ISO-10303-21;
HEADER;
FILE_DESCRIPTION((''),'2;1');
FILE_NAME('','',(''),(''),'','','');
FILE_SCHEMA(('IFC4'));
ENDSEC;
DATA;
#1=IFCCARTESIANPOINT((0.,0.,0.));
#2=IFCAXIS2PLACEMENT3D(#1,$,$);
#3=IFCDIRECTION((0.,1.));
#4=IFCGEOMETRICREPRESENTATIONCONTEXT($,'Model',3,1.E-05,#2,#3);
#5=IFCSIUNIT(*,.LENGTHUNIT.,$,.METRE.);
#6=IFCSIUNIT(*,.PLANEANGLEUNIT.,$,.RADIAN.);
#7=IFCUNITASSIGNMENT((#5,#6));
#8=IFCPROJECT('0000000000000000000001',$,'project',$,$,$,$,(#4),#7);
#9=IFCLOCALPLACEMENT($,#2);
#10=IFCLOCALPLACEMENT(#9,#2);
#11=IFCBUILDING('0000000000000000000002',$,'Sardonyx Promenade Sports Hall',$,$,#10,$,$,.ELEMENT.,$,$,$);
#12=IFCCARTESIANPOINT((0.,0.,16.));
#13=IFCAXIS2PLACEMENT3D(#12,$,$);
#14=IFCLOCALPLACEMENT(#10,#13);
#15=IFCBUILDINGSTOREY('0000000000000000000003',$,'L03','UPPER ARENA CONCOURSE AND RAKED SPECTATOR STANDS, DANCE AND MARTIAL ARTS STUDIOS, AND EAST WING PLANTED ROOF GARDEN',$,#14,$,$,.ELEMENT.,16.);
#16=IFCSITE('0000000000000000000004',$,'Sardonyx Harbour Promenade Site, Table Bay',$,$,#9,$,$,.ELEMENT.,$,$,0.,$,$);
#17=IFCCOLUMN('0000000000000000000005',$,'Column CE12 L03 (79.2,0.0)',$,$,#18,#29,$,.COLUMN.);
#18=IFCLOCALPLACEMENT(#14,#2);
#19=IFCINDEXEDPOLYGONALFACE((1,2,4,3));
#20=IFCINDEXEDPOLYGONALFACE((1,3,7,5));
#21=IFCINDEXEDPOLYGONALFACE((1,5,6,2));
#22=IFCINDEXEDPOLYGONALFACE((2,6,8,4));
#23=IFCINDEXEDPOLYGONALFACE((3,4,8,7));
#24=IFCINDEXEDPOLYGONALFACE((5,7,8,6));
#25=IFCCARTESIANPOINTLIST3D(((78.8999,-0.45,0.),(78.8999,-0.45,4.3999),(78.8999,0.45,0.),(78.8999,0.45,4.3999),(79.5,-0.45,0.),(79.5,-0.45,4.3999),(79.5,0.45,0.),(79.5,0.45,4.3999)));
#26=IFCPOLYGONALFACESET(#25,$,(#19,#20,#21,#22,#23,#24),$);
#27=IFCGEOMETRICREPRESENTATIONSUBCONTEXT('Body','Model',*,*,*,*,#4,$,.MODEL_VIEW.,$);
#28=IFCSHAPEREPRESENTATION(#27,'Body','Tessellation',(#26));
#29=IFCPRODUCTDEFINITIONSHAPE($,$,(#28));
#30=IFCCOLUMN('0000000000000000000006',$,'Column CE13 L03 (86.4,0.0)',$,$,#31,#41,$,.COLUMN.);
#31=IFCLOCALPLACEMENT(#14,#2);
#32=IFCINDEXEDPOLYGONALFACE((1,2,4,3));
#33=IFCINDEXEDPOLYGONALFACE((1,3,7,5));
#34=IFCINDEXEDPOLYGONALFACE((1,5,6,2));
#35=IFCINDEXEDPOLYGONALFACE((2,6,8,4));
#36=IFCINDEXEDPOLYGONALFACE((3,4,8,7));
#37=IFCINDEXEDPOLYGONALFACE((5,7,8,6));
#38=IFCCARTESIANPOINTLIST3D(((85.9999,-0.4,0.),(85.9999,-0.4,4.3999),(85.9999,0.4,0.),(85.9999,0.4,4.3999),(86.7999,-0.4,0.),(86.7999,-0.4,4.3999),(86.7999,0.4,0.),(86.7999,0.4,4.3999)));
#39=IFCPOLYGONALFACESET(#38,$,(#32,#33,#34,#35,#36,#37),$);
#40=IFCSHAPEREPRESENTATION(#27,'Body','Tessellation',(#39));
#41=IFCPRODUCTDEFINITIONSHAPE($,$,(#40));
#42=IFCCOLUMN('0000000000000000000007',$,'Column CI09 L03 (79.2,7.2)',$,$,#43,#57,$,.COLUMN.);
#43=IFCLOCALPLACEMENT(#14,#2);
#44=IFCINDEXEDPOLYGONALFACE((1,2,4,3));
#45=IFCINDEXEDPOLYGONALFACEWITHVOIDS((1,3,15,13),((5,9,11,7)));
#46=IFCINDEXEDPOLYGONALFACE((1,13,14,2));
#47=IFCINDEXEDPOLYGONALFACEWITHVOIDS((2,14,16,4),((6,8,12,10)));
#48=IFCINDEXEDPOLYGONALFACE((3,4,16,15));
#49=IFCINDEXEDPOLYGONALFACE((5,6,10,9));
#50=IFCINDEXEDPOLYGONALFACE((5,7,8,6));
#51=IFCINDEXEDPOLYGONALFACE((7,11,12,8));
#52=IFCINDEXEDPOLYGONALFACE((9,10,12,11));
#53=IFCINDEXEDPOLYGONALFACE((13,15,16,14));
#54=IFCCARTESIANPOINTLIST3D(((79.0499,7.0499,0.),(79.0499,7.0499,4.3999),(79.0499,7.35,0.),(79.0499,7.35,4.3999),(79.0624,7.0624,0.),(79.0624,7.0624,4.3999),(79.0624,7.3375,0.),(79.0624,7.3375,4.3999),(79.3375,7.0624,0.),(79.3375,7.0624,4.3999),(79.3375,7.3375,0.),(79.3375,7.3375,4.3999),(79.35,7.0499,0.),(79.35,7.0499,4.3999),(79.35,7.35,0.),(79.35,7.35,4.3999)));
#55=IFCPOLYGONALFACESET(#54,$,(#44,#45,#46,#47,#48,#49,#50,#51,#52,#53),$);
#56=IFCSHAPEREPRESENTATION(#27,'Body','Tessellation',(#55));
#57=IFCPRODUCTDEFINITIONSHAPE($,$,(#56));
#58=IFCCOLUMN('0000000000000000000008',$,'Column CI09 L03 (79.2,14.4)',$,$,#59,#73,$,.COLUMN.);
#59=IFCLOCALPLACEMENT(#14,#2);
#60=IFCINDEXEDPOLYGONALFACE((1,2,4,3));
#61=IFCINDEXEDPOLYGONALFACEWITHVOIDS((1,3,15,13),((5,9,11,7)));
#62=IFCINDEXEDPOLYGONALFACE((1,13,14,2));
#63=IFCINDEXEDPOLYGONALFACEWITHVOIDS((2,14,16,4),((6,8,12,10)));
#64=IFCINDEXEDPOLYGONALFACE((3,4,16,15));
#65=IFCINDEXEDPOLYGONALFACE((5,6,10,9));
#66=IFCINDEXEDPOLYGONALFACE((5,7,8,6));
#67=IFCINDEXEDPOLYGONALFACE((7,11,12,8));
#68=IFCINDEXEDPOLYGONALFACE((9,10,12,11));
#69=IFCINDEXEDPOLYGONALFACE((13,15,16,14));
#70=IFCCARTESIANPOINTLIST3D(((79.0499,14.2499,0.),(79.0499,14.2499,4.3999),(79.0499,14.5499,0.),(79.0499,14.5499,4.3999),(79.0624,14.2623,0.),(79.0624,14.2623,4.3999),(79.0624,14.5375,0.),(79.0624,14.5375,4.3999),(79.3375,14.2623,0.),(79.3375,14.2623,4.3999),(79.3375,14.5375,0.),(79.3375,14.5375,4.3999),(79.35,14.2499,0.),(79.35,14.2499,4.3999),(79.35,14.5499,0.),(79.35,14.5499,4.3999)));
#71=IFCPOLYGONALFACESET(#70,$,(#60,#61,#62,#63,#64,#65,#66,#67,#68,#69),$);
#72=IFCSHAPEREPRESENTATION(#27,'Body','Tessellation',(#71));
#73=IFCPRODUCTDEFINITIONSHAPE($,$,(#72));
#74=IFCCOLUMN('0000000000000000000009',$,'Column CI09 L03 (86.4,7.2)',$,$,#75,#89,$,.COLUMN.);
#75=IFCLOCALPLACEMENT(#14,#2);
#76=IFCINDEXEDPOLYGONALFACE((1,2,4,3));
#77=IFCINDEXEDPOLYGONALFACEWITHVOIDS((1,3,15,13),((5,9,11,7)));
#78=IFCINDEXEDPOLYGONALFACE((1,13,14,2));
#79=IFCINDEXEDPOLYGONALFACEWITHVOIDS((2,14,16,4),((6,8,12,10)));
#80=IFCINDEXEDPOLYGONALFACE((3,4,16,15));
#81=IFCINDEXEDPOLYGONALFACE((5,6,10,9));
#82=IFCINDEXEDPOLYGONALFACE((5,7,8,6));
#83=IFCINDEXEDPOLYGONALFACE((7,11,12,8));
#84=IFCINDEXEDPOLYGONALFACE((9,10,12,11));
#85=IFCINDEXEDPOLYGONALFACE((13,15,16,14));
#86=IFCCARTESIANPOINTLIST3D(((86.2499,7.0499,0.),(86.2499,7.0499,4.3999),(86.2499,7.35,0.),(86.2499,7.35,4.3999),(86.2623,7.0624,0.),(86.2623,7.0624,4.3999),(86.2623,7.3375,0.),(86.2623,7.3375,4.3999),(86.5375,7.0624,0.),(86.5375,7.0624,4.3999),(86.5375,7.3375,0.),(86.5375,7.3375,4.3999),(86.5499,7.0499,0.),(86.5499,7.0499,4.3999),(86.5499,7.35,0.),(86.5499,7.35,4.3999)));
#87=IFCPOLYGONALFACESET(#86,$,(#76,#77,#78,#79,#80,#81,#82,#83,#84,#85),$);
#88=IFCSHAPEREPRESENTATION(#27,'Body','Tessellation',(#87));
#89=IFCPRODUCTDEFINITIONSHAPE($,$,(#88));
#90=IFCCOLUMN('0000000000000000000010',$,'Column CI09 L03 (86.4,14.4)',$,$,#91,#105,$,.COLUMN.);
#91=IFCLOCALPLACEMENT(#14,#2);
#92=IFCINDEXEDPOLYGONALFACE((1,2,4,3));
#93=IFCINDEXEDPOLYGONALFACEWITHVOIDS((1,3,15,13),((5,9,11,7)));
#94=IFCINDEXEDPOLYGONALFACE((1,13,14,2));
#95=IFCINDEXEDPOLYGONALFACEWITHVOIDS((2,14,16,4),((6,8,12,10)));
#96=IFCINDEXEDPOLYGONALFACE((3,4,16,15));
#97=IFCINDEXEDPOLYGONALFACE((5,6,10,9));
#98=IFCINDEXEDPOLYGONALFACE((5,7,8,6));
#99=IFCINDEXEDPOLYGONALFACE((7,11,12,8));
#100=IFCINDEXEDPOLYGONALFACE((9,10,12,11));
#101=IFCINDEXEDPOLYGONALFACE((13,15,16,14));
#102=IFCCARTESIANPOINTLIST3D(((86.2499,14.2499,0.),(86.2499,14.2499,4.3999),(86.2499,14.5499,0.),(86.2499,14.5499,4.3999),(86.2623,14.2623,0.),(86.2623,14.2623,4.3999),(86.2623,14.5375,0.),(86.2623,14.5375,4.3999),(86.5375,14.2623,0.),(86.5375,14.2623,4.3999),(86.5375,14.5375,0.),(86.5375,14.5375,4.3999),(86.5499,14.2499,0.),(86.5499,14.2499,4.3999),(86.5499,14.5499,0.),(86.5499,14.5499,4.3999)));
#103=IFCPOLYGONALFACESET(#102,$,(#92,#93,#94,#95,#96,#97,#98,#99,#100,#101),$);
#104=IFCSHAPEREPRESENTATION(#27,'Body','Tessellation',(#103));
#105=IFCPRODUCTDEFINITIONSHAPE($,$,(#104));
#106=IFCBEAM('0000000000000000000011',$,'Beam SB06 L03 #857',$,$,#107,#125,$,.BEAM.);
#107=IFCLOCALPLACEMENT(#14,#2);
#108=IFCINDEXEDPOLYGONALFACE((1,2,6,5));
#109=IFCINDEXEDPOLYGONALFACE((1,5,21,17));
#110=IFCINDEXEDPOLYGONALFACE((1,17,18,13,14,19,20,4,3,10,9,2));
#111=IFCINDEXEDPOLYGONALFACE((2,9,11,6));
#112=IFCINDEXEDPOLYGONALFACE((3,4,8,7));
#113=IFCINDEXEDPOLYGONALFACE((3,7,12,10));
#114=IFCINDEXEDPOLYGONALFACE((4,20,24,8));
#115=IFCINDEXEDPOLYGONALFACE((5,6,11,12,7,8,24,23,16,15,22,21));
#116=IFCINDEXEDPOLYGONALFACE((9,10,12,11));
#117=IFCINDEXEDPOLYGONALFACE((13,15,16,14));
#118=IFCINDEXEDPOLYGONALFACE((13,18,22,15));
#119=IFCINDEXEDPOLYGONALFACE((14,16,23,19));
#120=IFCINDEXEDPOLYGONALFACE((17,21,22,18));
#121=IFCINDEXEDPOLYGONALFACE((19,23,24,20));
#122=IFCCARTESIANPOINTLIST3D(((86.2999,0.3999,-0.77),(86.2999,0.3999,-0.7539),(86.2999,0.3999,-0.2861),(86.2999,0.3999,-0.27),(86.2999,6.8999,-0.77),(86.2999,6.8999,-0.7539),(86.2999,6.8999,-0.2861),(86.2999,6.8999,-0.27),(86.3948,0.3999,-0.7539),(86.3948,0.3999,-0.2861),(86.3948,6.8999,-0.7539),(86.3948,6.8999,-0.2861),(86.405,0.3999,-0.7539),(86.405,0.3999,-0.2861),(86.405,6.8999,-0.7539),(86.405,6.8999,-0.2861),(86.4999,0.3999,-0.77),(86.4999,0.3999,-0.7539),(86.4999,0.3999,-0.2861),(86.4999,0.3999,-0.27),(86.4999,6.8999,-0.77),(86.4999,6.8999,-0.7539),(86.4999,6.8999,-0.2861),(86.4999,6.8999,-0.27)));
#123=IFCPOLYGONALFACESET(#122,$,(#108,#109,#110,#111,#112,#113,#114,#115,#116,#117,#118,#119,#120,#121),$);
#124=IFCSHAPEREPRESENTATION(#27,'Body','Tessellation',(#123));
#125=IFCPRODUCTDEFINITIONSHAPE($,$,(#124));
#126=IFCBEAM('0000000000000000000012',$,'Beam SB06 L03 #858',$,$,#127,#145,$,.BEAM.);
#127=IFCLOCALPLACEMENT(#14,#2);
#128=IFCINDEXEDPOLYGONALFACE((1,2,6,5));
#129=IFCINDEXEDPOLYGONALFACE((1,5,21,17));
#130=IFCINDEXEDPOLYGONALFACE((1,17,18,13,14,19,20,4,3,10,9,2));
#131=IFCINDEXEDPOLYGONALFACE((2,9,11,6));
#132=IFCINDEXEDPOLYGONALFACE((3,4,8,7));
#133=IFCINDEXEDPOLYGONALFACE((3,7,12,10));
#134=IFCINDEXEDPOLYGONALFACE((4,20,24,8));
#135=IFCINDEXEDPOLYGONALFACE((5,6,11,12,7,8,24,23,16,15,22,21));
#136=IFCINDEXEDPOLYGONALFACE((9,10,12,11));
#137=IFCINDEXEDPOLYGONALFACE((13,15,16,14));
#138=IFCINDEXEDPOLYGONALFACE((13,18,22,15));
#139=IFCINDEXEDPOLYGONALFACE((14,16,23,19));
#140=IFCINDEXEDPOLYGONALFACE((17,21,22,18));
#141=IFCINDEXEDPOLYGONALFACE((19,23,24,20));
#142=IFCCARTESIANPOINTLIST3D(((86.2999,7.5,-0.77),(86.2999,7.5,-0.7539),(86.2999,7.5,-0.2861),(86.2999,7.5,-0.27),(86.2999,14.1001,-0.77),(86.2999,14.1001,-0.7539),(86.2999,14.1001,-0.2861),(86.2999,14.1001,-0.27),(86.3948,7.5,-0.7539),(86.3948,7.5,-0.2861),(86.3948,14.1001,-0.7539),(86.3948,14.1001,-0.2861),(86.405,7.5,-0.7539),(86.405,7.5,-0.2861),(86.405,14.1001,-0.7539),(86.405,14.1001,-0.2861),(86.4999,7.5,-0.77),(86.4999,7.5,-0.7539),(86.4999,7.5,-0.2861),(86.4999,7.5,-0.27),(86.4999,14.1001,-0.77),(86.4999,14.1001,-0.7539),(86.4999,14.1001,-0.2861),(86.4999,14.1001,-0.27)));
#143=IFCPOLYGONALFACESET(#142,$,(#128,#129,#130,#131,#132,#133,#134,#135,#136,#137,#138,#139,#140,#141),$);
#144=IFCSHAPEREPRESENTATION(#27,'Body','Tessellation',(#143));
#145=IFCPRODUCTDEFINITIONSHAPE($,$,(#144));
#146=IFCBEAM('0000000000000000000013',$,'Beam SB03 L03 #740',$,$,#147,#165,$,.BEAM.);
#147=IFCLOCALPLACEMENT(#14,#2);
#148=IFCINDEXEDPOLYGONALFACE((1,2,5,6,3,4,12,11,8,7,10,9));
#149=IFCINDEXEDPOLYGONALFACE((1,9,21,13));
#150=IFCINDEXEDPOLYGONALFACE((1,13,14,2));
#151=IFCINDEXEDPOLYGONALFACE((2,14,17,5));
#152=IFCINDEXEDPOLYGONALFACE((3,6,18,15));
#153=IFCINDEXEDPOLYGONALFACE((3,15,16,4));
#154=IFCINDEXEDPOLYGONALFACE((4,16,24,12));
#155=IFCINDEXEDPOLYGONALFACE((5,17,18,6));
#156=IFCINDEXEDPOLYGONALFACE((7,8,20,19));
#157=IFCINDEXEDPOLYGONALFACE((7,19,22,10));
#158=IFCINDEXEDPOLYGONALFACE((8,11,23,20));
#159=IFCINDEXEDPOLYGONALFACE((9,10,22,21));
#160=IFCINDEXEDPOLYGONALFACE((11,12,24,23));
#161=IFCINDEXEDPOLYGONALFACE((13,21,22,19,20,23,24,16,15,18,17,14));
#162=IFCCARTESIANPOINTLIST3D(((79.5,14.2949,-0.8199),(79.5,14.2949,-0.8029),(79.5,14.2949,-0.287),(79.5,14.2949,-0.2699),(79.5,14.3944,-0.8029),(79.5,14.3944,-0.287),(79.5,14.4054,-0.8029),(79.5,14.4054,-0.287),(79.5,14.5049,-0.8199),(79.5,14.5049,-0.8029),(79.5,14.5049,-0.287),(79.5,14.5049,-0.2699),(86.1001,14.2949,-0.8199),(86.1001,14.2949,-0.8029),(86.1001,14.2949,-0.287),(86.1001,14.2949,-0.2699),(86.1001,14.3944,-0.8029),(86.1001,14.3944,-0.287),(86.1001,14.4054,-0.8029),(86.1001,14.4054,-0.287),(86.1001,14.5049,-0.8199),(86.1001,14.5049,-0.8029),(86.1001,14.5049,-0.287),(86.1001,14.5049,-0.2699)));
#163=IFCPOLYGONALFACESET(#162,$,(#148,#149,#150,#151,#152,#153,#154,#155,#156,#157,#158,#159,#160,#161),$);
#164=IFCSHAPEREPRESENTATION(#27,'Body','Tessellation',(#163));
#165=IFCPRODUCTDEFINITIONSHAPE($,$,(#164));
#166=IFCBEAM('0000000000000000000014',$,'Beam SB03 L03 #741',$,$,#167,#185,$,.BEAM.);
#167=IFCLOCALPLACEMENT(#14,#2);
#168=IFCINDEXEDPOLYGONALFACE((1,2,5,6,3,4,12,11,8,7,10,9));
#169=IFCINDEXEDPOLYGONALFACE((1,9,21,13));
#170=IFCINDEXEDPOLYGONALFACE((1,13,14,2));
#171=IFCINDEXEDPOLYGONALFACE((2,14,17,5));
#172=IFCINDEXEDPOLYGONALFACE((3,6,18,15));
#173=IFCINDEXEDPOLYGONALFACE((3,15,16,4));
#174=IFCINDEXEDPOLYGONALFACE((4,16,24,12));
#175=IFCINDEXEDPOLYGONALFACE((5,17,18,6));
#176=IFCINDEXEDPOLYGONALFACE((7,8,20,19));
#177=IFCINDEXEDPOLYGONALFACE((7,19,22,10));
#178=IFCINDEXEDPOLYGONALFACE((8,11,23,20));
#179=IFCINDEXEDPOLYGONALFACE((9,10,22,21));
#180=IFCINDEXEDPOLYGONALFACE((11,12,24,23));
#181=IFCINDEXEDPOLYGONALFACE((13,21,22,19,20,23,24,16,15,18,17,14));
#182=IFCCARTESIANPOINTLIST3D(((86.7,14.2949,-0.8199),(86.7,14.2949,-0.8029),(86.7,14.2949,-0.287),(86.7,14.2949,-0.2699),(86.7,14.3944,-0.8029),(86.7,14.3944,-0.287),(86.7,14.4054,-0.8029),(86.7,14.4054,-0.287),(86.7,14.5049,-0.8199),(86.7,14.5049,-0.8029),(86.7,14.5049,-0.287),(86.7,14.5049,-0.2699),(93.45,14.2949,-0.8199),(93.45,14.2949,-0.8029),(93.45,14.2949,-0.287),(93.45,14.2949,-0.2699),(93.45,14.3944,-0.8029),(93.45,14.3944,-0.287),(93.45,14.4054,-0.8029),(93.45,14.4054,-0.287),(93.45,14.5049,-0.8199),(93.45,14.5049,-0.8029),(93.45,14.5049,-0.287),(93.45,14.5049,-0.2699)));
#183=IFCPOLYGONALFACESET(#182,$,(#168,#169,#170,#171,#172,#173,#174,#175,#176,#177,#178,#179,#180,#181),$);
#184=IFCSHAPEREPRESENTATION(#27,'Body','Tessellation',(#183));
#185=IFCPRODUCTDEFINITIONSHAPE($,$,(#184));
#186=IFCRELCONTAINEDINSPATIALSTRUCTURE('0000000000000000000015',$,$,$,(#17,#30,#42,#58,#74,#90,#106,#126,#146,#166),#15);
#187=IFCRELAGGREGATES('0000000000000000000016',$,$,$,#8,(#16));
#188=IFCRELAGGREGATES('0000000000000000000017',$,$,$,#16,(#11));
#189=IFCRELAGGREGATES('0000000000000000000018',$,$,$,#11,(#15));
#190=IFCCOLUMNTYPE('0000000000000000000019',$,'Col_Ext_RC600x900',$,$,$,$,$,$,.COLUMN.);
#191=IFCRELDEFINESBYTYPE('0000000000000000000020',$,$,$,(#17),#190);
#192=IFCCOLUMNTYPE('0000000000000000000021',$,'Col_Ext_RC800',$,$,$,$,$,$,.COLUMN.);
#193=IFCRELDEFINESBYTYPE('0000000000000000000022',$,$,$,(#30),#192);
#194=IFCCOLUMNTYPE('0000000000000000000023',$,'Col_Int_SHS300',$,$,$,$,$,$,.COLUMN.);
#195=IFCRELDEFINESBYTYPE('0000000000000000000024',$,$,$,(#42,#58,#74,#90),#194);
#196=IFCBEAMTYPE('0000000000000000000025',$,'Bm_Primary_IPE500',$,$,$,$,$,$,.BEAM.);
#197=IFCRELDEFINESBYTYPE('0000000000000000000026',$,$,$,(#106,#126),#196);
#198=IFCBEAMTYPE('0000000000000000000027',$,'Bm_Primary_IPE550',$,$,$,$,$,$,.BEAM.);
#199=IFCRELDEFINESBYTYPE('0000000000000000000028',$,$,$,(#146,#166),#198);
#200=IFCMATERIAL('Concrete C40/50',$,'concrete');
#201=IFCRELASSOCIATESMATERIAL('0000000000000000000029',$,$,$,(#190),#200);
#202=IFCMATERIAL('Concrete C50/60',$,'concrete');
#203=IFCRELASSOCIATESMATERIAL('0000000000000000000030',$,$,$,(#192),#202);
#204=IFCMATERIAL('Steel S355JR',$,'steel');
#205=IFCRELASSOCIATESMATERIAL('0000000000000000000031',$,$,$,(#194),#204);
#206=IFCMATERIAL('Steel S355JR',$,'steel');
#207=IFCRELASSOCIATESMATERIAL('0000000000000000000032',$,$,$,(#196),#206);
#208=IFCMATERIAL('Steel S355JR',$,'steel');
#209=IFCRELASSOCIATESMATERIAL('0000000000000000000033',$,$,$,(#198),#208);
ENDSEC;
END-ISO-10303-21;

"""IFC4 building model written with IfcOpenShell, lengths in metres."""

from ifc_helpers import new_model, si_unit, direction, frame, origin, origin_2d, place, context, subcontext, project, spatial, rectangle, hollow_rectangle, i_section, extrude, material, material_profile, profile_set, type_object, element, save


model = new_model("IFC4")

# Units and contexts
model_context = context("Model", 3, precision=1e-05, world=origin(), true_north=direction((0.0, 1.0)))
body_context = subcontext(model_context, "Body", "Model", "MODEL_VIEW")
ifc_project = project(units=[si_unit("LENGTHUNIT", "METRE"), si_unit("PLANEANGLEUNIT", "RADIAN")], contexts=[model_context])

# Site, building, storey
site_placement = place(None, origin())
site = spatial("IfcSite", under=ifc_project, at=site_placement, Name="Sardonyx Harbour Promenade Site, Table Bay", CompositionType="ELEMENT", RefElevation=0.0)
building_placement = place(site_placement, origin())
building = spatial("IfcBuilding", under=site, at=building_placement, Name="Sardonyx Promenade Sports Hall", CompositionType="ELEMENT")
storey_placement = place(building_placement, frame((0.0, 0.0, 16.0)))
storey = spatial("IfcBuildingStorey", under=building, at=storey_placement, Name="L03", Description="UPPER ARENA CONCOURSE AND RAKED SPECTATOR STANDS, DANCE AND MARTIAL ARTS STUDIOS, AND EAST WING PLANTED ROOF GARDEN", CompositionType="ELEMENT", Elevation=16.0)

# Columns
ifc_material_1 = material(Name="Concrete C40/50", Category="concrete")
ifc_material_profile_1 = material_profile(ifc_material_1, rectangle(XDim=0.6001, YDim=0.8999, at=origin_2d()))
ifc_profile_set_1 = profile_set([ifc_material_profile_1], Name="Concrete C40/50")
column_type_1 = type_object("IfcColumnType", Name="Col_Ext_RC600x900", PredefinedType="COLUMN", material=ifc_profile_set_1)
column_1_placement = place(storey_placement, frame((79.2, 0.0, 0.0), z_axis=(0.0, 0.0, 1.0), x_axis=(1.0, 0.0, 0.0)))
element("IfcColumn", 1, at=column_1_placement, inside=storey, type_object=column_type_1, Name="Column CE12 L03 (79.2,0.0)", PredefinedType="COLUMN", context=body_context, shape_type="SweptSolid", body=[
    extrude(rectangle(XDim=0.6001, YDim=0.8999, at=origin_2d()), origin(), (0.0, 0.0, 1.0), 4.3999),
])
ifc_material_2 = material(Name="Concrete C50/60", Category="concrete")
ifc_material_profile_2 = material_profile(ifc_material_2, rectangle(XDim=0.8, YDim=0.8, at=origin_2d()))
ifc_profile_set_2 = profile_set([ifc_material_profile_2], Name="Concrete C50/60")
column_type_2 = type_object("IfcColumnType", Name="Col_Ext_RC800", PredefinedType="COLUMN", material=ifc_profile_set_2)
column_2_placement = place(storey_placement, frame((86.3999, 0.0, 0.0), z_axis=(0.0, 0.0, 1.0), x_axis=(1.0, 0.0, 0.0)))
element("IfcColumn", 2, at=column_2_placement, inside=storey, type_object=column_type_2, Name="Column CE13 L03 (86.4,0.0)", PredefinedType="COLUMN", context=body_context, shape_type="SweptSolid", body=[
    extrude(rectangle(XDim=0.8, YDim=0.8, at=origin_2d()), origin(), (0.0, 0.0, 1.0), 4.3999),
])
ifc_material_3 = material(Name="Steel S355JR", Category="steel")
ifc_material_profile_3 = material_profile(ifc_material_3, hollow_rectangle(XDim=0.3, YDim=0.3, WallThickness=0.0125, at=origin_2d()))
ifc_profile_set_3 = profile_set([ifc_material_profile_3], Name="Steel S355JR")
column_type_3 = type_object("IfcColumnType", Name="Col_Int_SHS300", PredefinedType="COLUMN", material=ifc_profile_set_3)
for number, where, z_axis, x_axis, name in (
    (3, (79.2, 7.2, 0.0), (0.0, 0.0, 1.0), (1.0, 0.0, 0.0), "Column CI09 L03 (79.2,7.2)"),
    (4, (79.2, 14.3999, 0.0), (0.0, 0.0, 1.0), (1.0, 0.0, 0.0), "Column CI09 L03 (79.2,14.4)"),
    (5, (86.3999, 7.2, 0.0), (0.0, 0.0, 1.0), (1.0, 0.0, 0.0), "Column CI09 L03 (86.4,7.2)"),
    (6, (86.3999, 14.3999, 0.0), (0.0, 0.0, 1.0), (1.0, 0.0, 0.0), "Column CI09 L03 (86.4,14.4)"),
):
    element("IfcColumn", number, at=place(storey_placement, frame(where, z_axis=z_axis, x_axis=x_axis)), inside=storey, type_object=column_type_3, Name=name, PredefinedType="COLUMN", context=body_context, shape_type="SweptSolid", body=[
        extrude(hollow_rectangle(XDim=0.3, YDim=0.3, WallThickness=0.0125, at=origin_2d()), origin(), (0.0, 0.0, 1.0), 4.3999),
    ])

# Beams
ifc_material_4 = material(Name="Steel S355JR", Category="steel")
ifc_material_profile_4 = material_profile(ifc_material_4, i_section(OverallWidth=0.2, OverallDepth=0.5, WebThickness=0.0103, FlangeThickness=0.0161, at=origin_2d()))
ifc_profile_set_4 = profile_set([ifc_material_profile_4], Name="Steel S355JR")
beam_type_1 = type_object("IfcBeamType", Name="Bm_Primary_IPE500", PredefinedType="BEAM", material=ifc_profile_set_4)
beam_1_placement = place(storey_placement, frame((86.3999, 0.3999, -0.52), z_axis=(0.0, 1.0, 0.0), x_axis=(-1.0, 0.0, 0.0)))
element("IfcBeam", 7, at=beam_1_placement, inside=storey, type_object=beam_type_1, Name="Beam SB06 L03 #857", PredefinedType="BEAM", context=body_context, shape_type="SweptSolid", body=[
    extrude(i_section(OverallWidth=0.2, OverallDepth=0.5, WebThickness=0.0103, FlangeThickness=0.0161, at=origin_2d()), origin(), (0.0, 0.0, 1.0), 6.5),
])
beam_2_placement = place(storey_placement, frame((86.3999, 7.5, -0.52), z_axis=(0.0, 1.0, 0.0), x_axis=(-1.0, 0.0, 0.0)))
element("IfcBeam", 8, at=beam_2_placement, inside=storey, type_object=beam_type_1, Name="Beam SB06 L03 #858", PredefinedType="BEAM", context=body_context, shape_type="SweptSolid", body=[
    extrude(i_section(OverallWidth=0.2, OverallDepth=0.5, WebThickness=0.0103, FlangeThickness=0.0161, at=origin_2d()), origin(), (0.0, 0.0, 1.0), 6.6001),
])
ifc_material_5 = material(Name="Steel S355JR", Category="steel")
ifc_material_profile_5 = material_profile(ifc_material_5, i_section(OverallWidth=0.21, OverallDepth=0.55, WebThickness=0.011, FlangeThickness=0.0171, at=origin_2d()))
ifc_profile_set_5 = profile_set([ifc_material_profile_5], Name="Steel S355JR")
beam_type_2 = type_object("IfcBeamType", Name="Bm_Primary_IPE550", PredefinedType="BEAM", material=ifc_profile_set_5)
beam_3_placement = place(storey_placement, frame((79.5, 14.3999, -0.5449), z_axis=(1.0, 0.0, 0.0), x_axis=(0.0, 1.0, 0.0)))
element("IfcBeam", 9, at=beam_3_placement, inside=storey, type_object=beam_type_2, Name="Beam SB03 L03 #740", PredefinedType="BEAM", context=body_context, shape_type="SweptSolid", body=[
    extrude(i_section(OverallWidth=0.21, OverallDepth=0.55, WebThickness=0.011, FlangeThickness=0.0171, at=origin_2d()), origin(), (0.0, 0.0, 1.0), 6.6001),
])
beam_4_placement = place(storey_placement, frame((86.7, 14.3999, -0.5449), z_axis=(1.0, 0.0, 0.0), x_axis=(0.0, 1.0, 0.0)))
element("IfcBeam", 10, at=beam_4_placement, inside=storey, type_object=beam_type_2, Name="Beam SB03 L03 #741", PredefinedType="BEAM", context=body_context, shape_type="SweptSolid", body=[
    extrude(i_section(OverallWidth=0.21, OverallDepth=0.55, WebThickness=0.011, FlangeThickness=0.0171, at=origin_2d()), origin(), (0.0, 0.0, 1.0), 6.75),
])

save(model, "model.ifc")
